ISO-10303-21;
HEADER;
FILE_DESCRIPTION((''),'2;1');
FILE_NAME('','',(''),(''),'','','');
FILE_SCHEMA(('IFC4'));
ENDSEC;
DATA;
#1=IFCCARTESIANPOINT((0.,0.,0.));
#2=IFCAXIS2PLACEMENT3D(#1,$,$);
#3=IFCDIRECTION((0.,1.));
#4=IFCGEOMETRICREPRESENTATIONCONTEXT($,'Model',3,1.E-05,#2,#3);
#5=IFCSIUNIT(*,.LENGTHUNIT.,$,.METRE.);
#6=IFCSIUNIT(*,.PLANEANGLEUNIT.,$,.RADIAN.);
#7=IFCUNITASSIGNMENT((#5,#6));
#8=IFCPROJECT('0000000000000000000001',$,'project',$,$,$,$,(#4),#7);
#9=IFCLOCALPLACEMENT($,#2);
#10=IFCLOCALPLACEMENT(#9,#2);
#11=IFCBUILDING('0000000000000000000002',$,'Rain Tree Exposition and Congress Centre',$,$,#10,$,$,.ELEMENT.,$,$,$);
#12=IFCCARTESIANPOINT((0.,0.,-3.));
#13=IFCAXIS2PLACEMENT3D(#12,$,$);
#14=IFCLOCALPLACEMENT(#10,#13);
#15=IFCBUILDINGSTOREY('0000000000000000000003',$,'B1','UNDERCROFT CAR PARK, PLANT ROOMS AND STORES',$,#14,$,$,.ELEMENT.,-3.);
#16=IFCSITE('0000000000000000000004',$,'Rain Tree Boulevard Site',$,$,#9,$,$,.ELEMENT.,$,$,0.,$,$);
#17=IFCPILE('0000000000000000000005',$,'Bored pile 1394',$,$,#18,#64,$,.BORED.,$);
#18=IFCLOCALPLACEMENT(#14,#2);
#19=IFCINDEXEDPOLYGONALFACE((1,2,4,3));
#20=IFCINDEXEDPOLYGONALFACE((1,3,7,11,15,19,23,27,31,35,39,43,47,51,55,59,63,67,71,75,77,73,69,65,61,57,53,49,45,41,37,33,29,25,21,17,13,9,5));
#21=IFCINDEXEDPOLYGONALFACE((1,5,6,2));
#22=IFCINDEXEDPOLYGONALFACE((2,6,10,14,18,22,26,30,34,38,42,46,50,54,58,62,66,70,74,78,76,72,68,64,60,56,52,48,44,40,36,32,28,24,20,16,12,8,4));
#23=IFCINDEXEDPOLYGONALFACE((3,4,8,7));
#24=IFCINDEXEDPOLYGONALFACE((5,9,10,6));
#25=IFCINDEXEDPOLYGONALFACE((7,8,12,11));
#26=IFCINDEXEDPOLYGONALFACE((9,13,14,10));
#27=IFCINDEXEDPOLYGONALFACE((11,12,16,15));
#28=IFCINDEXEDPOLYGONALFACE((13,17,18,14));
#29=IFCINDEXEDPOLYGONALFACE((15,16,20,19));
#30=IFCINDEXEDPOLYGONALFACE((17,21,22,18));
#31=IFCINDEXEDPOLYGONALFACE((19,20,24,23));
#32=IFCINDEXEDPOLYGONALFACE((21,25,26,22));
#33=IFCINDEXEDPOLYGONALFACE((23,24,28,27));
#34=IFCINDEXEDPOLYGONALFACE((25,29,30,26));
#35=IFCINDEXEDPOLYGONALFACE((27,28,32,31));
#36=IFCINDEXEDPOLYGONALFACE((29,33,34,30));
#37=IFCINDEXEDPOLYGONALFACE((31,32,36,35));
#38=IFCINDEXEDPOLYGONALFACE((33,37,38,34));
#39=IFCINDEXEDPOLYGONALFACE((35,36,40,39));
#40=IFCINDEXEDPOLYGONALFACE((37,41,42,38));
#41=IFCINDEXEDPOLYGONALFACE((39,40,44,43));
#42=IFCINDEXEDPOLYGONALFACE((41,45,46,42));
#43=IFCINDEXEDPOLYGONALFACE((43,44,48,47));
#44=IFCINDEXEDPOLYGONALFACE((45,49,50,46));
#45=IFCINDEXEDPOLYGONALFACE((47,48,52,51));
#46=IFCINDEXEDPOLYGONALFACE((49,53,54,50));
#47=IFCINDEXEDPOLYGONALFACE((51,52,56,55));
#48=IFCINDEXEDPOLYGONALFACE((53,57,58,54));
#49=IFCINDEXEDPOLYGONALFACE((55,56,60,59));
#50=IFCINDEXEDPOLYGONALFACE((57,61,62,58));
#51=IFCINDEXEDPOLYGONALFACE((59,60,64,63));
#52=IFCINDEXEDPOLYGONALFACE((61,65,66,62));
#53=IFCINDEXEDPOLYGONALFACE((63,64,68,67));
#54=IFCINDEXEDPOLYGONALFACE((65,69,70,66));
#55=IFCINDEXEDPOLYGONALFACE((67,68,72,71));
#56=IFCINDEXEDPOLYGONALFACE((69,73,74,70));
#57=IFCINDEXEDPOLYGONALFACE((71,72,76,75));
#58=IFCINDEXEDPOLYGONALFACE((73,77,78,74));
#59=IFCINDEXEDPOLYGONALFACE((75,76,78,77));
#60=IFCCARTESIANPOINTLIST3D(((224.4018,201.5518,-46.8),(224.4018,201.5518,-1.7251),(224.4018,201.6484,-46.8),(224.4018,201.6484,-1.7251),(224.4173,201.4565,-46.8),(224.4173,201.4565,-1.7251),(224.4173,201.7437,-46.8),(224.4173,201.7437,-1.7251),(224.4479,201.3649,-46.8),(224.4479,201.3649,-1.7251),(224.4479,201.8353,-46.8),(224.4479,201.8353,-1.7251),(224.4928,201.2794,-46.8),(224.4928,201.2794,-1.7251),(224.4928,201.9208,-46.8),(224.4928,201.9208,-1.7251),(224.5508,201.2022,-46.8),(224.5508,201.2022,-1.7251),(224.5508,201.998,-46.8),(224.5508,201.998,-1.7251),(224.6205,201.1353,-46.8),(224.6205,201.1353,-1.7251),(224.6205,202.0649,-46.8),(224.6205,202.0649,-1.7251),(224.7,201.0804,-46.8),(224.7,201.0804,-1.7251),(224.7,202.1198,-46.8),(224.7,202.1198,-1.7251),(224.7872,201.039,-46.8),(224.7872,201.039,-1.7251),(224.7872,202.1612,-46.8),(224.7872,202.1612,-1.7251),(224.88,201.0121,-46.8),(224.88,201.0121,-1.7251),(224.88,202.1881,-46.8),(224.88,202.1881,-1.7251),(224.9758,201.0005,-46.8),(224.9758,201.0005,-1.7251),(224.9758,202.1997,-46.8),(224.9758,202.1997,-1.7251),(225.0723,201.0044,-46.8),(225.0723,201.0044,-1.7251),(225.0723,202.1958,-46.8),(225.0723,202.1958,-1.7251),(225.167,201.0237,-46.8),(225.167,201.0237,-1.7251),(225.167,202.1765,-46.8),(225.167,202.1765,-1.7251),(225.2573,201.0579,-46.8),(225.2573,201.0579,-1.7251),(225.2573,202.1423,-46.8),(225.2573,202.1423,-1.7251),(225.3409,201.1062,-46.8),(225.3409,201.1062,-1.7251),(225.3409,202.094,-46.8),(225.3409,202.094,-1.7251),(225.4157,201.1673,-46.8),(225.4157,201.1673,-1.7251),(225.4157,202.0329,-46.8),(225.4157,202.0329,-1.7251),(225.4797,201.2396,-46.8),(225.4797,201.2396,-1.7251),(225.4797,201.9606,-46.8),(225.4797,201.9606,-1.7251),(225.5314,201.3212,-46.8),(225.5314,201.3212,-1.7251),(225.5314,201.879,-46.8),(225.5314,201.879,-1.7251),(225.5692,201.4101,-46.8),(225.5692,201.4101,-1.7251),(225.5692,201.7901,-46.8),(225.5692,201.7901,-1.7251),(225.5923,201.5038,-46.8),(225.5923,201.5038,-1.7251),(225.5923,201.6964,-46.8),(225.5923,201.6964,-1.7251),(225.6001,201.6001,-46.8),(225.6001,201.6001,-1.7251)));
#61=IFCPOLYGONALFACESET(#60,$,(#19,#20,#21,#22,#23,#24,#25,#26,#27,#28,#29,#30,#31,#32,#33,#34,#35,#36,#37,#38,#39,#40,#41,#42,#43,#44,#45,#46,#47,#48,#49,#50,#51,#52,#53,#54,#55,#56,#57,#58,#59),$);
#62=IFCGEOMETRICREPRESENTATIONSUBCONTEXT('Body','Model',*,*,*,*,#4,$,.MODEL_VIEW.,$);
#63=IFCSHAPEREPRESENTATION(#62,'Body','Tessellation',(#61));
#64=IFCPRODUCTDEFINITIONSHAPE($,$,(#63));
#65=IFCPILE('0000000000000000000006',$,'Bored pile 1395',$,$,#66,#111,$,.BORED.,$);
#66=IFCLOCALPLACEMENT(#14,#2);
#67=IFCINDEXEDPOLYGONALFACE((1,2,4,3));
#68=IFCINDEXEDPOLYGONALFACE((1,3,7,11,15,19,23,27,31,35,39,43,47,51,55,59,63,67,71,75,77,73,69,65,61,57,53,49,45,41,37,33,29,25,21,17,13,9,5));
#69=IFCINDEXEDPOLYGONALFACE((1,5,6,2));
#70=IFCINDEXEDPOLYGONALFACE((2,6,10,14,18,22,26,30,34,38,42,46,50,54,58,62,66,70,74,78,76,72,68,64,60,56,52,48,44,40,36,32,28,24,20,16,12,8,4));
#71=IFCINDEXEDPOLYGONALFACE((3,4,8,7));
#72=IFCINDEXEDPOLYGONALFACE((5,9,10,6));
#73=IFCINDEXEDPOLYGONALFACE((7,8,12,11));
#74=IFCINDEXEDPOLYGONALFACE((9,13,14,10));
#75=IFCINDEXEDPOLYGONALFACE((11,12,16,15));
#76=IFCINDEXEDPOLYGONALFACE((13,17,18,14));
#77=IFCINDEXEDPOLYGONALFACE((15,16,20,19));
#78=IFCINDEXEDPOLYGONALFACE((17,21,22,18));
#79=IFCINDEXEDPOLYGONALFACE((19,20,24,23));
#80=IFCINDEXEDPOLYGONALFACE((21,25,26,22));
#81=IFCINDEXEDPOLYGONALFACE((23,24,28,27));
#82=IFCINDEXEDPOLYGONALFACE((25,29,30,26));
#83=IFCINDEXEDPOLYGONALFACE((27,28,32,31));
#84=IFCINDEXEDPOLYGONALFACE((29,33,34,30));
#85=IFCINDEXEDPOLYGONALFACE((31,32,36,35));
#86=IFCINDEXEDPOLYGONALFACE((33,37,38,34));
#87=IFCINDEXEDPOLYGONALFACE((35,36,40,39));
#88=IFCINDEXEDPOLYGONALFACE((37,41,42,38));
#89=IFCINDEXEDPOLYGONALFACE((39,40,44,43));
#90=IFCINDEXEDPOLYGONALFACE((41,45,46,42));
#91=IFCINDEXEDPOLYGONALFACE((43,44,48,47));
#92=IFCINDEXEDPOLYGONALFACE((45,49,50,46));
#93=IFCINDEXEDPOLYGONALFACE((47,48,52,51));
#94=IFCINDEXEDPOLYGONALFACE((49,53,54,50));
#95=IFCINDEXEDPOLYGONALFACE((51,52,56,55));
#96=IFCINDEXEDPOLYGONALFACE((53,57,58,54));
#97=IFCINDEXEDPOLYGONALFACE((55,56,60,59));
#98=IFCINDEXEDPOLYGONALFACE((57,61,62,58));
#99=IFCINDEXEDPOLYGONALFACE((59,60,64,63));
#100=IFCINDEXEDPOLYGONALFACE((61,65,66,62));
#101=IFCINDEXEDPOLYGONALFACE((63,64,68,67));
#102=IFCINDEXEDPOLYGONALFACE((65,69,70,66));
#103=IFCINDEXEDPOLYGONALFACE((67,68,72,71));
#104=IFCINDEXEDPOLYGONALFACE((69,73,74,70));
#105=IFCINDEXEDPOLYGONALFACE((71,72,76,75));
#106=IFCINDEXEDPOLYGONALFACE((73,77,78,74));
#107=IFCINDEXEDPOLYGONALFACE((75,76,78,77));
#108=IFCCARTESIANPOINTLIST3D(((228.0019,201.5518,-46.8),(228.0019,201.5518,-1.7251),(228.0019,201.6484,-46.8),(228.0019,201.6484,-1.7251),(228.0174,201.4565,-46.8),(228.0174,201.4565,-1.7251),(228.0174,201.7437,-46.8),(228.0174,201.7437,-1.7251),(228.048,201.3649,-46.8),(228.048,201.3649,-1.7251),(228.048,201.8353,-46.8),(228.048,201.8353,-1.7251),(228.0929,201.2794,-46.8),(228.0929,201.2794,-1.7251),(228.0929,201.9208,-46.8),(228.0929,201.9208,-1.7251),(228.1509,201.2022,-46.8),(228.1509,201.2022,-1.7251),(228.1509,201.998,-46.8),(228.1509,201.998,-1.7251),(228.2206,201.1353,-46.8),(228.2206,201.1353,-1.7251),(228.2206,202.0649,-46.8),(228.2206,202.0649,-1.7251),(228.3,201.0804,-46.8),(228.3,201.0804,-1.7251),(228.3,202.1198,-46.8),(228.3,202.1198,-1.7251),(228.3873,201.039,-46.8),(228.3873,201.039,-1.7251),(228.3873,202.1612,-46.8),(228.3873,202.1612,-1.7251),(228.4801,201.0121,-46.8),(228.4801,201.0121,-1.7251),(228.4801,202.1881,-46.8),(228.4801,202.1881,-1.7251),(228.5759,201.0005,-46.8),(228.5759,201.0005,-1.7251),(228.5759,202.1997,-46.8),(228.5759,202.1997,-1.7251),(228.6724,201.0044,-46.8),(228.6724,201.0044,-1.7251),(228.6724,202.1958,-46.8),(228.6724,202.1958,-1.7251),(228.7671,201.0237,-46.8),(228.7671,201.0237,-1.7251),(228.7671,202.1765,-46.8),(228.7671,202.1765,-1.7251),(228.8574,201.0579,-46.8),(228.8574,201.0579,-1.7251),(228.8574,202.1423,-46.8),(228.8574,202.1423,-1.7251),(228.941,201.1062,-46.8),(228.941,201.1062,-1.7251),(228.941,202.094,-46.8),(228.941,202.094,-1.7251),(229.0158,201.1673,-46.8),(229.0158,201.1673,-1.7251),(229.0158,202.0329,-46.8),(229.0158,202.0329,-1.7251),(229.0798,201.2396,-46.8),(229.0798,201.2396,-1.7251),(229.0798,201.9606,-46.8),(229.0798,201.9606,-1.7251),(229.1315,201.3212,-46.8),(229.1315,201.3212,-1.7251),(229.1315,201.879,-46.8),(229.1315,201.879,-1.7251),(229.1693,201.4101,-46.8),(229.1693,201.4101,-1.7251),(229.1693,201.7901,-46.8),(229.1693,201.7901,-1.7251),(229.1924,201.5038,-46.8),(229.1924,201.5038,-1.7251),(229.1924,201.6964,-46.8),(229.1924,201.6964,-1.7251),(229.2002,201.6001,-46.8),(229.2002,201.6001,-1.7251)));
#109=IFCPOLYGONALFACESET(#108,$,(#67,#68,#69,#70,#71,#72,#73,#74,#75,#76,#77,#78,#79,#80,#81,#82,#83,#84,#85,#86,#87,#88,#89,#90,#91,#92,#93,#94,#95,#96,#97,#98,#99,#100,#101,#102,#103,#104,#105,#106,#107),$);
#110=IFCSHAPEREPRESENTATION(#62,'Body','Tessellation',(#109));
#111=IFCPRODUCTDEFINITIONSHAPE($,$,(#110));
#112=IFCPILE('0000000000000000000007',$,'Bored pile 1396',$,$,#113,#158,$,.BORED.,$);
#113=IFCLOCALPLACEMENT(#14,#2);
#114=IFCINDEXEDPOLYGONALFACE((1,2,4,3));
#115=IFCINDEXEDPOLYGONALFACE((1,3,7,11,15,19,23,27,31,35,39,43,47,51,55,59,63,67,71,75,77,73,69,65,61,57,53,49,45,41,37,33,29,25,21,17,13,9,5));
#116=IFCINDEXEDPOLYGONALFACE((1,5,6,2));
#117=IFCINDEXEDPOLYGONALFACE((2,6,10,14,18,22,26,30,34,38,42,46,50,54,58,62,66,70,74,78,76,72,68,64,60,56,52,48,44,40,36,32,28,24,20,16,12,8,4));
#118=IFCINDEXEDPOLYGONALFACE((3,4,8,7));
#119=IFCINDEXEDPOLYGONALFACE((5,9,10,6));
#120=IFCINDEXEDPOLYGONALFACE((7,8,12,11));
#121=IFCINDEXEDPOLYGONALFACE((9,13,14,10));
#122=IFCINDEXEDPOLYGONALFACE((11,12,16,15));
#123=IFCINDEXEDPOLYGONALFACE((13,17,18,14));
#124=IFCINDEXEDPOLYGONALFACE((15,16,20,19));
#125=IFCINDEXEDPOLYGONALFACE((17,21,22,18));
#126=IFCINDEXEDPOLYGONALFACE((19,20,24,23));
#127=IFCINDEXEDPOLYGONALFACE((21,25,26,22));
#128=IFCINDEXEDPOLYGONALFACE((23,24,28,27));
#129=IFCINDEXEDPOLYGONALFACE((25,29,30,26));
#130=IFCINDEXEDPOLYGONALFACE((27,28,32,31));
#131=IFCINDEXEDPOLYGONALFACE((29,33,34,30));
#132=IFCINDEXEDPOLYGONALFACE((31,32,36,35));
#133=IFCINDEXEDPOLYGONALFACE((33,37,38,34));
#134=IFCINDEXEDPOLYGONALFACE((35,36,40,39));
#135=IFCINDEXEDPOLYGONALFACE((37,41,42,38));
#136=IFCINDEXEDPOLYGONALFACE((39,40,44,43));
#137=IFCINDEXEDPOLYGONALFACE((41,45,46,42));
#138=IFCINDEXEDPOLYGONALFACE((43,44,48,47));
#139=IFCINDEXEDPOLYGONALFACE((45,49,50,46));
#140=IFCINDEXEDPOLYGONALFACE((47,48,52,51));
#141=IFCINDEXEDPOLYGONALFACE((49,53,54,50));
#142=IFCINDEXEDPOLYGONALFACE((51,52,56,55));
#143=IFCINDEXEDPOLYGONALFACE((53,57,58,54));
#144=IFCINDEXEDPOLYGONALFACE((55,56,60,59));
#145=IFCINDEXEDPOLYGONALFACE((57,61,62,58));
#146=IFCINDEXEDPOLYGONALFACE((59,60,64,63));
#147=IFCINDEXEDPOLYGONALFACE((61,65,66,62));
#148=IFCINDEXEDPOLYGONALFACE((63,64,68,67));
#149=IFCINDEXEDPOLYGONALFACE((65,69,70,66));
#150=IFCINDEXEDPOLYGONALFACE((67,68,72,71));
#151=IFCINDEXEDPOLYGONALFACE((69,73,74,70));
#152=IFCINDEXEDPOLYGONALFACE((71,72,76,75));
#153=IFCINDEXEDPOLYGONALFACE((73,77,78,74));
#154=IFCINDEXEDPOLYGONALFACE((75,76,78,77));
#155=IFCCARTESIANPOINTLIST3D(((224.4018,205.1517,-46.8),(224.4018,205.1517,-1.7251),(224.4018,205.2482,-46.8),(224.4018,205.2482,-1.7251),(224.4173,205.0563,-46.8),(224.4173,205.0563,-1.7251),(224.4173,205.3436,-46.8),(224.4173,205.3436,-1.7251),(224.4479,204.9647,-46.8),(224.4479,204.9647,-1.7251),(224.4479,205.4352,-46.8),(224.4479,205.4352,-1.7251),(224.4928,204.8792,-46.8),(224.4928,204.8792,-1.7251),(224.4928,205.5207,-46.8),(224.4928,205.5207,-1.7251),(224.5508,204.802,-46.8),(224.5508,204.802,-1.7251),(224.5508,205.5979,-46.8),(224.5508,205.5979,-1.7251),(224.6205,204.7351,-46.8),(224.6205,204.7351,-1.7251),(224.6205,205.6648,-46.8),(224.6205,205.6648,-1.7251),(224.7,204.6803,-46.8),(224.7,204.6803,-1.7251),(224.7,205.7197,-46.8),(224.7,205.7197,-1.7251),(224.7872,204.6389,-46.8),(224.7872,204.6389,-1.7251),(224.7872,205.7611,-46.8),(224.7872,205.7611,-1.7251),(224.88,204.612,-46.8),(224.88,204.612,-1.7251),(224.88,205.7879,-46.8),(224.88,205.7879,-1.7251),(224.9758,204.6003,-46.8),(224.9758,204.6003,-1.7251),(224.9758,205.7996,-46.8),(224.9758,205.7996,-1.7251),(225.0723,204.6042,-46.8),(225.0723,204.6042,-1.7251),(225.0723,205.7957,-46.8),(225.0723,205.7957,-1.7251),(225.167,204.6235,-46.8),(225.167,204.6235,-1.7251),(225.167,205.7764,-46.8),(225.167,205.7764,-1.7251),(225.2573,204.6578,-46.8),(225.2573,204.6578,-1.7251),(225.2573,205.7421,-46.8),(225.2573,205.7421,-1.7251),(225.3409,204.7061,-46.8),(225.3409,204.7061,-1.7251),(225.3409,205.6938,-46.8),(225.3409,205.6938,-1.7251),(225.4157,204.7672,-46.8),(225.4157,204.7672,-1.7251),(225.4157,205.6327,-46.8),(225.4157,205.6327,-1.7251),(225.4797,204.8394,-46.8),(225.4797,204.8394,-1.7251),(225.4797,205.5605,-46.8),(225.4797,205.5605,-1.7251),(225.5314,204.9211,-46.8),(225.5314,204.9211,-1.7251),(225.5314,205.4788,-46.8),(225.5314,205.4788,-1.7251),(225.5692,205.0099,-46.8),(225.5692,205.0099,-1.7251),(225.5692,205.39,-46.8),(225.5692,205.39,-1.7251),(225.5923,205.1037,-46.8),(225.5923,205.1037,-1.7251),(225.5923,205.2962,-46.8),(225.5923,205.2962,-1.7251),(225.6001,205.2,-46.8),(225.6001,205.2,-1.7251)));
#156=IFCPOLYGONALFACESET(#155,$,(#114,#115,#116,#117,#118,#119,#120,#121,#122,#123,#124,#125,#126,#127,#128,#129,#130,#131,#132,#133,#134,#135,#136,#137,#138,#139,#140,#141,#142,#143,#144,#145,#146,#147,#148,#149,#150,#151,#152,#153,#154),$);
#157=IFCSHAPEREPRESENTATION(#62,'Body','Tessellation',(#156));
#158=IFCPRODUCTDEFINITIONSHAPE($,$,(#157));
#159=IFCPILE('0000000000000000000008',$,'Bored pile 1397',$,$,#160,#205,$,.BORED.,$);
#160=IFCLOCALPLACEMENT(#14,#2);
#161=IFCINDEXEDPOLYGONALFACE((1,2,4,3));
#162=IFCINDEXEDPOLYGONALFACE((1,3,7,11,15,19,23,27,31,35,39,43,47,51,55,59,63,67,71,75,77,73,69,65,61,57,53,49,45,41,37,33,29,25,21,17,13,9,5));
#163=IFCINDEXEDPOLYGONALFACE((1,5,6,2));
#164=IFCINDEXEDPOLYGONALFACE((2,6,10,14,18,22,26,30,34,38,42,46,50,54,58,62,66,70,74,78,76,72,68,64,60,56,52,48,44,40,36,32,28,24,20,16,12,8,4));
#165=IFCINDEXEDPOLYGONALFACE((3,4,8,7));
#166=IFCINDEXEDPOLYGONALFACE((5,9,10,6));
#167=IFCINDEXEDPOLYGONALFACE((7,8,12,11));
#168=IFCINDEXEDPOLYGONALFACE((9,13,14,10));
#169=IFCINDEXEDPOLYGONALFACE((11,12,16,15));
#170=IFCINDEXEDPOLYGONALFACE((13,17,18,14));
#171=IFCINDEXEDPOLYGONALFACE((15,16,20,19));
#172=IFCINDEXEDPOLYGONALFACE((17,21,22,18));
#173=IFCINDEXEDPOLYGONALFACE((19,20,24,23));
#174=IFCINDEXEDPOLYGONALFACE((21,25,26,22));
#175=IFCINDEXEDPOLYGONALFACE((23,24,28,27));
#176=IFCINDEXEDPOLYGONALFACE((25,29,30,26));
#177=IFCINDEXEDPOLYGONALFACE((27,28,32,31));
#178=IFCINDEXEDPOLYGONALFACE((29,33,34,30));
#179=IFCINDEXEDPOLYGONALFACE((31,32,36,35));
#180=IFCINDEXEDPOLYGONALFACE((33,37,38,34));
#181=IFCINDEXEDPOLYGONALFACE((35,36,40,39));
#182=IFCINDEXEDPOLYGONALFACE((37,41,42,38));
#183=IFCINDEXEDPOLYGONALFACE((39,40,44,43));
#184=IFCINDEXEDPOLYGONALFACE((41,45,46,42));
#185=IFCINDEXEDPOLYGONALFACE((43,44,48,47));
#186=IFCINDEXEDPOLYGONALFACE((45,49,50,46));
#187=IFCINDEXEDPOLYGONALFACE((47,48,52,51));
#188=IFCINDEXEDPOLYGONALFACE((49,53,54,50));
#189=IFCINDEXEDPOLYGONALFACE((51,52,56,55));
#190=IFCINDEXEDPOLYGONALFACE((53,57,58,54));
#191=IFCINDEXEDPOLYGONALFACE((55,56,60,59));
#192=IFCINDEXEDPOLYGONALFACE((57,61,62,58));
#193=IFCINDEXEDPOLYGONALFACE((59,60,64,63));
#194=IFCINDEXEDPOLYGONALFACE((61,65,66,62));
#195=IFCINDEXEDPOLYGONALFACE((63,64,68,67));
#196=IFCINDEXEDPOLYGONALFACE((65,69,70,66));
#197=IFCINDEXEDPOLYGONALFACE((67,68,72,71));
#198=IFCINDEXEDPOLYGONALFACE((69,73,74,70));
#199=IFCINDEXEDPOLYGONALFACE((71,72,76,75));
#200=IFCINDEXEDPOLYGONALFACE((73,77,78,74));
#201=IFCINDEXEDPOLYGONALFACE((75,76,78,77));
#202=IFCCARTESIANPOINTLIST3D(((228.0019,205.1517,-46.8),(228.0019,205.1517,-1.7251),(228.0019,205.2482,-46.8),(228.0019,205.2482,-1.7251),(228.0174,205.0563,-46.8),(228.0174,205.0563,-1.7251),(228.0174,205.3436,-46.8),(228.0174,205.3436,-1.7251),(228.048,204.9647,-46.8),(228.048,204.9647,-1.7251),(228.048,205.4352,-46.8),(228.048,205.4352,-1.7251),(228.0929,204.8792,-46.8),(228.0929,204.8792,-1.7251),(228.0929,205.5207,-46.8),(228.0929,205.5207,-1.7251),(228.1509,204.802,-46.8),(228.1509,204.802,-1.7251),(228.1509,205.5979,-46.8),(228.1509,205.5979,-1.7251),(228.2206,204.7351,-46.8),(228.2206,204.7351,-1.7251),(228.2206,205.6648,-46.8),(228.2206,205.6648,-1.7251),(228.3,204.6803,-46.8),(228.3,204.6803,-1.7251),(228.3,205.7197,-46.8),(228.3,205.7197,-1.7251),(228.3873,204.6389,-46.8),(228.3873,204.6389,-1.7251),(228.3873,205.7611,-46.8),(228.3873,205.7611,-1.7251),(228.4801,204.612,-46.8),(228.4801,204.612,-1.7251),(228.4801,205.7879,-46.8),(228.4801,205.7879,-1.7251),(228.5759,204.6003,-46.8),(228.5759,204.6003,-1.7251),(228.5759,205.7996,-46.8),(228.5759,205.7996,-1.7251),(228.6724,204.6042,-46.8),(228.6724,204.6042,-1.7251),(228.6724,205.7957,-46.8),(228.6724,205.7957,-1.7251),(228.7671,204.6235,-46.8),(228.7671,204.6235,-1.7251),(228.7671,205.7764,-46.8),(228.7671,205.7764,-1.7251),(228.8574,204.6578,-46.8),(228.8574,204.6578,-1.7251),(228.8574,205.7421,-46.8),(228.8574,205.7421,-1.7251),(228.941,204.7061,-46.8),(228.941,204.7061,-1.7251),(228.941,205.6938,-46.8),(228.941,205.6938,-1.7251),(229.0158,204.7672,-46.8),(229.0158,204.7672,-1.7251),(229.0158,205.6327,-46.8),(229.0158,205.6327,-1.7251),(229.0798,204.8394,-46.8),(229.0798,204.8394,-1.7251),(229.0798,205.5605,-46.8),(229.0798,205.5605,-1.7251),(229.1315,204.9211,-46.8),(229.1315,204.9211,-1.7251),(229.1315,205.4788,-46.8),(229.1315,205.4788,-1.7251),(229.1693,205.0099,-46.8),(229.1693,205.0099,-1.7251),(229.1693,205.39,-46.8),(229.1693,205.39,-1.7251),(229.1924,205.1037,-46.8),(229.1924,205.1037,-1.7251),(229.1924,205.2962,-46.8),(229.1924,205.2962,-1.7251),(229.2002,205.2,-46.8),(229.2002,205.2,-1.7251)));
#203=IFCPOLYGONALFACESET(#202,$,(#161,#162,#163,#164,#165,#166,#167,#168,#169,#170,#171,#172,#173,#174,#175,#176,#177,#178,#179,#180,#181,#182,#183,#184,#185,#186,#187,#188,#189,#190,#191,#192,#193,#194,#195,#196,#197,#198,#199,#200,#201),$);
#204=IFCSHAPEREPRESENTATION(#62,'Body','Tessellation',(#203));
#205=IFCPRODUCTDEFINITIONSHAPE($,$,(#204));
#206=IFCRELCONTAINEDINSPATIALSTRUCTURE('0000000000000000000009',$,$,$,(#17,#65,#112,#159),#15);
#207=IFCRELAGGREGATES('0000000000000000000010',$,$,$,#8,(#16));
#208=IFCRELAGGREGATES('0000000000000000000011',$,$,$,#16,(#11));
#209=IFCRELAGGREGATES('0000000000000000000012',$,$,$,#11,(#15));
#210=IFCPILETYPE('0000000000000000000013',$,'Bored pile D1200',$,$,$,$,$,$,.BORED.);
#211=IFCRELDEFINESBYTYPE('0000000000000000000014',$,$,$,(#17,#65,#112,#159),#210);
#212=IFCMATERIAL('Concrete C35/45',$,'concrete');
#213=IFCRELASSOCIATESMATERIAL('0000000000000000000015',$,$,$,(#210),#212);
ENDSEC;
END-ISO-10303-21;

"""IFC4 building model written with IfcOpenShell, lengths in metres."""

from ifc_helpers import new_model, si_unit, direction, frame, origin, origin_2d, place, context, subcontext, project, spatial, circle, extrude, material, material_profile, profile_set, type_object, element, save


model = new_model("IFC4")

# Units and contexts
model_context = context("Model", 3, precision=1e-05, world=origin(), true_north=direction((0.0, 1.0)))
body_context = subcontext(model_context, "Body", "Model", "MODEL_VIEW")
ifc_project = project(units=[si_unit("LENGTHUNIT", "METRE"), si_unit("PLANEANGLEUNIT", "RADIAN")], contexts=[model_context])

# Site, building, storey
site_placement = place(None, origin())
site = spatial("IfcSite", under=ifc_project, at=site_placement, Name="Rain Tree Boulevard Site", CompositionType="ELEMENT", RefElevation=0.0)
building_placement = place(site_placement, origin())
building = spatial("IfcBuilding", under=site, at=building_placement, Name="Rain Tree Exposition and Congress Centre", CompositionType="ELEMENT")
storey_placement = place(building_placement, frame((0.0, 0.0, -3.0)))
storey = spatial("IfcBuildingStorey", under=building, at=storey_placement, Name="B1", Description="UNDERCROFT CAR PARK, PLANT ROOMS AND STORES", CompositionType="ELEMENT", Elevation=-3.0)

# Piles
ifc_material_1 = material(Name="Concrete C35/45", Category="concrete")
ifc_material_profile_1 = material_profile(ifc_material_1, circle(Radius=0.6001, at=origin_2d()), Name="D1200")
ifc_profile_set_1 = profile_set([ifc_material_profile_1], Name="Concrete C35/45")
pile_type_1 = type_object("IfcPileType", Name="Bored pile D1200", PredefinedType="BORED", material=ifc_profile_set_1)
for number, where, z_axis, x_axis, name in (
    (1, (225.0, 201.6001, -1.7251), (0.0, 0.0, -1.0), (1.0, 0.0, 0.0), "Bored pile 1394"),
    (2, (228.6001, 201.6001, -1.7251), (0.0, 0.0, -1.0), (1.0, 0.0, 0.0), "Bored pile 1395"),
    (3, (225.0, 205.2, -1.7251), (0.0, 0.0, -1.0), (1.0, 0.0, 0.0), "Bored pile 1396"),
    (4, (228.6001, 205.2, -1.7251), (0.0, 0.0, -1.0), (1.0, 0.0, 0.0), "Bored pile 1397"),
):
    element("IfcPile", number, at=place(storey_placement, frame(where, z_axis=z_axis, x_axis=x_axis)), inside=storey, type_object=pile_type_1, Name=name, PredefinedType="BORED", context=body_context, shape_type="SweptSolid", body=[
        extrude(circle(Radius=0.6001, at=origin_2d()), origin(), (0.0, 0.0, 1.0), 45.075),
    ])

save(model, "model.ifc")
